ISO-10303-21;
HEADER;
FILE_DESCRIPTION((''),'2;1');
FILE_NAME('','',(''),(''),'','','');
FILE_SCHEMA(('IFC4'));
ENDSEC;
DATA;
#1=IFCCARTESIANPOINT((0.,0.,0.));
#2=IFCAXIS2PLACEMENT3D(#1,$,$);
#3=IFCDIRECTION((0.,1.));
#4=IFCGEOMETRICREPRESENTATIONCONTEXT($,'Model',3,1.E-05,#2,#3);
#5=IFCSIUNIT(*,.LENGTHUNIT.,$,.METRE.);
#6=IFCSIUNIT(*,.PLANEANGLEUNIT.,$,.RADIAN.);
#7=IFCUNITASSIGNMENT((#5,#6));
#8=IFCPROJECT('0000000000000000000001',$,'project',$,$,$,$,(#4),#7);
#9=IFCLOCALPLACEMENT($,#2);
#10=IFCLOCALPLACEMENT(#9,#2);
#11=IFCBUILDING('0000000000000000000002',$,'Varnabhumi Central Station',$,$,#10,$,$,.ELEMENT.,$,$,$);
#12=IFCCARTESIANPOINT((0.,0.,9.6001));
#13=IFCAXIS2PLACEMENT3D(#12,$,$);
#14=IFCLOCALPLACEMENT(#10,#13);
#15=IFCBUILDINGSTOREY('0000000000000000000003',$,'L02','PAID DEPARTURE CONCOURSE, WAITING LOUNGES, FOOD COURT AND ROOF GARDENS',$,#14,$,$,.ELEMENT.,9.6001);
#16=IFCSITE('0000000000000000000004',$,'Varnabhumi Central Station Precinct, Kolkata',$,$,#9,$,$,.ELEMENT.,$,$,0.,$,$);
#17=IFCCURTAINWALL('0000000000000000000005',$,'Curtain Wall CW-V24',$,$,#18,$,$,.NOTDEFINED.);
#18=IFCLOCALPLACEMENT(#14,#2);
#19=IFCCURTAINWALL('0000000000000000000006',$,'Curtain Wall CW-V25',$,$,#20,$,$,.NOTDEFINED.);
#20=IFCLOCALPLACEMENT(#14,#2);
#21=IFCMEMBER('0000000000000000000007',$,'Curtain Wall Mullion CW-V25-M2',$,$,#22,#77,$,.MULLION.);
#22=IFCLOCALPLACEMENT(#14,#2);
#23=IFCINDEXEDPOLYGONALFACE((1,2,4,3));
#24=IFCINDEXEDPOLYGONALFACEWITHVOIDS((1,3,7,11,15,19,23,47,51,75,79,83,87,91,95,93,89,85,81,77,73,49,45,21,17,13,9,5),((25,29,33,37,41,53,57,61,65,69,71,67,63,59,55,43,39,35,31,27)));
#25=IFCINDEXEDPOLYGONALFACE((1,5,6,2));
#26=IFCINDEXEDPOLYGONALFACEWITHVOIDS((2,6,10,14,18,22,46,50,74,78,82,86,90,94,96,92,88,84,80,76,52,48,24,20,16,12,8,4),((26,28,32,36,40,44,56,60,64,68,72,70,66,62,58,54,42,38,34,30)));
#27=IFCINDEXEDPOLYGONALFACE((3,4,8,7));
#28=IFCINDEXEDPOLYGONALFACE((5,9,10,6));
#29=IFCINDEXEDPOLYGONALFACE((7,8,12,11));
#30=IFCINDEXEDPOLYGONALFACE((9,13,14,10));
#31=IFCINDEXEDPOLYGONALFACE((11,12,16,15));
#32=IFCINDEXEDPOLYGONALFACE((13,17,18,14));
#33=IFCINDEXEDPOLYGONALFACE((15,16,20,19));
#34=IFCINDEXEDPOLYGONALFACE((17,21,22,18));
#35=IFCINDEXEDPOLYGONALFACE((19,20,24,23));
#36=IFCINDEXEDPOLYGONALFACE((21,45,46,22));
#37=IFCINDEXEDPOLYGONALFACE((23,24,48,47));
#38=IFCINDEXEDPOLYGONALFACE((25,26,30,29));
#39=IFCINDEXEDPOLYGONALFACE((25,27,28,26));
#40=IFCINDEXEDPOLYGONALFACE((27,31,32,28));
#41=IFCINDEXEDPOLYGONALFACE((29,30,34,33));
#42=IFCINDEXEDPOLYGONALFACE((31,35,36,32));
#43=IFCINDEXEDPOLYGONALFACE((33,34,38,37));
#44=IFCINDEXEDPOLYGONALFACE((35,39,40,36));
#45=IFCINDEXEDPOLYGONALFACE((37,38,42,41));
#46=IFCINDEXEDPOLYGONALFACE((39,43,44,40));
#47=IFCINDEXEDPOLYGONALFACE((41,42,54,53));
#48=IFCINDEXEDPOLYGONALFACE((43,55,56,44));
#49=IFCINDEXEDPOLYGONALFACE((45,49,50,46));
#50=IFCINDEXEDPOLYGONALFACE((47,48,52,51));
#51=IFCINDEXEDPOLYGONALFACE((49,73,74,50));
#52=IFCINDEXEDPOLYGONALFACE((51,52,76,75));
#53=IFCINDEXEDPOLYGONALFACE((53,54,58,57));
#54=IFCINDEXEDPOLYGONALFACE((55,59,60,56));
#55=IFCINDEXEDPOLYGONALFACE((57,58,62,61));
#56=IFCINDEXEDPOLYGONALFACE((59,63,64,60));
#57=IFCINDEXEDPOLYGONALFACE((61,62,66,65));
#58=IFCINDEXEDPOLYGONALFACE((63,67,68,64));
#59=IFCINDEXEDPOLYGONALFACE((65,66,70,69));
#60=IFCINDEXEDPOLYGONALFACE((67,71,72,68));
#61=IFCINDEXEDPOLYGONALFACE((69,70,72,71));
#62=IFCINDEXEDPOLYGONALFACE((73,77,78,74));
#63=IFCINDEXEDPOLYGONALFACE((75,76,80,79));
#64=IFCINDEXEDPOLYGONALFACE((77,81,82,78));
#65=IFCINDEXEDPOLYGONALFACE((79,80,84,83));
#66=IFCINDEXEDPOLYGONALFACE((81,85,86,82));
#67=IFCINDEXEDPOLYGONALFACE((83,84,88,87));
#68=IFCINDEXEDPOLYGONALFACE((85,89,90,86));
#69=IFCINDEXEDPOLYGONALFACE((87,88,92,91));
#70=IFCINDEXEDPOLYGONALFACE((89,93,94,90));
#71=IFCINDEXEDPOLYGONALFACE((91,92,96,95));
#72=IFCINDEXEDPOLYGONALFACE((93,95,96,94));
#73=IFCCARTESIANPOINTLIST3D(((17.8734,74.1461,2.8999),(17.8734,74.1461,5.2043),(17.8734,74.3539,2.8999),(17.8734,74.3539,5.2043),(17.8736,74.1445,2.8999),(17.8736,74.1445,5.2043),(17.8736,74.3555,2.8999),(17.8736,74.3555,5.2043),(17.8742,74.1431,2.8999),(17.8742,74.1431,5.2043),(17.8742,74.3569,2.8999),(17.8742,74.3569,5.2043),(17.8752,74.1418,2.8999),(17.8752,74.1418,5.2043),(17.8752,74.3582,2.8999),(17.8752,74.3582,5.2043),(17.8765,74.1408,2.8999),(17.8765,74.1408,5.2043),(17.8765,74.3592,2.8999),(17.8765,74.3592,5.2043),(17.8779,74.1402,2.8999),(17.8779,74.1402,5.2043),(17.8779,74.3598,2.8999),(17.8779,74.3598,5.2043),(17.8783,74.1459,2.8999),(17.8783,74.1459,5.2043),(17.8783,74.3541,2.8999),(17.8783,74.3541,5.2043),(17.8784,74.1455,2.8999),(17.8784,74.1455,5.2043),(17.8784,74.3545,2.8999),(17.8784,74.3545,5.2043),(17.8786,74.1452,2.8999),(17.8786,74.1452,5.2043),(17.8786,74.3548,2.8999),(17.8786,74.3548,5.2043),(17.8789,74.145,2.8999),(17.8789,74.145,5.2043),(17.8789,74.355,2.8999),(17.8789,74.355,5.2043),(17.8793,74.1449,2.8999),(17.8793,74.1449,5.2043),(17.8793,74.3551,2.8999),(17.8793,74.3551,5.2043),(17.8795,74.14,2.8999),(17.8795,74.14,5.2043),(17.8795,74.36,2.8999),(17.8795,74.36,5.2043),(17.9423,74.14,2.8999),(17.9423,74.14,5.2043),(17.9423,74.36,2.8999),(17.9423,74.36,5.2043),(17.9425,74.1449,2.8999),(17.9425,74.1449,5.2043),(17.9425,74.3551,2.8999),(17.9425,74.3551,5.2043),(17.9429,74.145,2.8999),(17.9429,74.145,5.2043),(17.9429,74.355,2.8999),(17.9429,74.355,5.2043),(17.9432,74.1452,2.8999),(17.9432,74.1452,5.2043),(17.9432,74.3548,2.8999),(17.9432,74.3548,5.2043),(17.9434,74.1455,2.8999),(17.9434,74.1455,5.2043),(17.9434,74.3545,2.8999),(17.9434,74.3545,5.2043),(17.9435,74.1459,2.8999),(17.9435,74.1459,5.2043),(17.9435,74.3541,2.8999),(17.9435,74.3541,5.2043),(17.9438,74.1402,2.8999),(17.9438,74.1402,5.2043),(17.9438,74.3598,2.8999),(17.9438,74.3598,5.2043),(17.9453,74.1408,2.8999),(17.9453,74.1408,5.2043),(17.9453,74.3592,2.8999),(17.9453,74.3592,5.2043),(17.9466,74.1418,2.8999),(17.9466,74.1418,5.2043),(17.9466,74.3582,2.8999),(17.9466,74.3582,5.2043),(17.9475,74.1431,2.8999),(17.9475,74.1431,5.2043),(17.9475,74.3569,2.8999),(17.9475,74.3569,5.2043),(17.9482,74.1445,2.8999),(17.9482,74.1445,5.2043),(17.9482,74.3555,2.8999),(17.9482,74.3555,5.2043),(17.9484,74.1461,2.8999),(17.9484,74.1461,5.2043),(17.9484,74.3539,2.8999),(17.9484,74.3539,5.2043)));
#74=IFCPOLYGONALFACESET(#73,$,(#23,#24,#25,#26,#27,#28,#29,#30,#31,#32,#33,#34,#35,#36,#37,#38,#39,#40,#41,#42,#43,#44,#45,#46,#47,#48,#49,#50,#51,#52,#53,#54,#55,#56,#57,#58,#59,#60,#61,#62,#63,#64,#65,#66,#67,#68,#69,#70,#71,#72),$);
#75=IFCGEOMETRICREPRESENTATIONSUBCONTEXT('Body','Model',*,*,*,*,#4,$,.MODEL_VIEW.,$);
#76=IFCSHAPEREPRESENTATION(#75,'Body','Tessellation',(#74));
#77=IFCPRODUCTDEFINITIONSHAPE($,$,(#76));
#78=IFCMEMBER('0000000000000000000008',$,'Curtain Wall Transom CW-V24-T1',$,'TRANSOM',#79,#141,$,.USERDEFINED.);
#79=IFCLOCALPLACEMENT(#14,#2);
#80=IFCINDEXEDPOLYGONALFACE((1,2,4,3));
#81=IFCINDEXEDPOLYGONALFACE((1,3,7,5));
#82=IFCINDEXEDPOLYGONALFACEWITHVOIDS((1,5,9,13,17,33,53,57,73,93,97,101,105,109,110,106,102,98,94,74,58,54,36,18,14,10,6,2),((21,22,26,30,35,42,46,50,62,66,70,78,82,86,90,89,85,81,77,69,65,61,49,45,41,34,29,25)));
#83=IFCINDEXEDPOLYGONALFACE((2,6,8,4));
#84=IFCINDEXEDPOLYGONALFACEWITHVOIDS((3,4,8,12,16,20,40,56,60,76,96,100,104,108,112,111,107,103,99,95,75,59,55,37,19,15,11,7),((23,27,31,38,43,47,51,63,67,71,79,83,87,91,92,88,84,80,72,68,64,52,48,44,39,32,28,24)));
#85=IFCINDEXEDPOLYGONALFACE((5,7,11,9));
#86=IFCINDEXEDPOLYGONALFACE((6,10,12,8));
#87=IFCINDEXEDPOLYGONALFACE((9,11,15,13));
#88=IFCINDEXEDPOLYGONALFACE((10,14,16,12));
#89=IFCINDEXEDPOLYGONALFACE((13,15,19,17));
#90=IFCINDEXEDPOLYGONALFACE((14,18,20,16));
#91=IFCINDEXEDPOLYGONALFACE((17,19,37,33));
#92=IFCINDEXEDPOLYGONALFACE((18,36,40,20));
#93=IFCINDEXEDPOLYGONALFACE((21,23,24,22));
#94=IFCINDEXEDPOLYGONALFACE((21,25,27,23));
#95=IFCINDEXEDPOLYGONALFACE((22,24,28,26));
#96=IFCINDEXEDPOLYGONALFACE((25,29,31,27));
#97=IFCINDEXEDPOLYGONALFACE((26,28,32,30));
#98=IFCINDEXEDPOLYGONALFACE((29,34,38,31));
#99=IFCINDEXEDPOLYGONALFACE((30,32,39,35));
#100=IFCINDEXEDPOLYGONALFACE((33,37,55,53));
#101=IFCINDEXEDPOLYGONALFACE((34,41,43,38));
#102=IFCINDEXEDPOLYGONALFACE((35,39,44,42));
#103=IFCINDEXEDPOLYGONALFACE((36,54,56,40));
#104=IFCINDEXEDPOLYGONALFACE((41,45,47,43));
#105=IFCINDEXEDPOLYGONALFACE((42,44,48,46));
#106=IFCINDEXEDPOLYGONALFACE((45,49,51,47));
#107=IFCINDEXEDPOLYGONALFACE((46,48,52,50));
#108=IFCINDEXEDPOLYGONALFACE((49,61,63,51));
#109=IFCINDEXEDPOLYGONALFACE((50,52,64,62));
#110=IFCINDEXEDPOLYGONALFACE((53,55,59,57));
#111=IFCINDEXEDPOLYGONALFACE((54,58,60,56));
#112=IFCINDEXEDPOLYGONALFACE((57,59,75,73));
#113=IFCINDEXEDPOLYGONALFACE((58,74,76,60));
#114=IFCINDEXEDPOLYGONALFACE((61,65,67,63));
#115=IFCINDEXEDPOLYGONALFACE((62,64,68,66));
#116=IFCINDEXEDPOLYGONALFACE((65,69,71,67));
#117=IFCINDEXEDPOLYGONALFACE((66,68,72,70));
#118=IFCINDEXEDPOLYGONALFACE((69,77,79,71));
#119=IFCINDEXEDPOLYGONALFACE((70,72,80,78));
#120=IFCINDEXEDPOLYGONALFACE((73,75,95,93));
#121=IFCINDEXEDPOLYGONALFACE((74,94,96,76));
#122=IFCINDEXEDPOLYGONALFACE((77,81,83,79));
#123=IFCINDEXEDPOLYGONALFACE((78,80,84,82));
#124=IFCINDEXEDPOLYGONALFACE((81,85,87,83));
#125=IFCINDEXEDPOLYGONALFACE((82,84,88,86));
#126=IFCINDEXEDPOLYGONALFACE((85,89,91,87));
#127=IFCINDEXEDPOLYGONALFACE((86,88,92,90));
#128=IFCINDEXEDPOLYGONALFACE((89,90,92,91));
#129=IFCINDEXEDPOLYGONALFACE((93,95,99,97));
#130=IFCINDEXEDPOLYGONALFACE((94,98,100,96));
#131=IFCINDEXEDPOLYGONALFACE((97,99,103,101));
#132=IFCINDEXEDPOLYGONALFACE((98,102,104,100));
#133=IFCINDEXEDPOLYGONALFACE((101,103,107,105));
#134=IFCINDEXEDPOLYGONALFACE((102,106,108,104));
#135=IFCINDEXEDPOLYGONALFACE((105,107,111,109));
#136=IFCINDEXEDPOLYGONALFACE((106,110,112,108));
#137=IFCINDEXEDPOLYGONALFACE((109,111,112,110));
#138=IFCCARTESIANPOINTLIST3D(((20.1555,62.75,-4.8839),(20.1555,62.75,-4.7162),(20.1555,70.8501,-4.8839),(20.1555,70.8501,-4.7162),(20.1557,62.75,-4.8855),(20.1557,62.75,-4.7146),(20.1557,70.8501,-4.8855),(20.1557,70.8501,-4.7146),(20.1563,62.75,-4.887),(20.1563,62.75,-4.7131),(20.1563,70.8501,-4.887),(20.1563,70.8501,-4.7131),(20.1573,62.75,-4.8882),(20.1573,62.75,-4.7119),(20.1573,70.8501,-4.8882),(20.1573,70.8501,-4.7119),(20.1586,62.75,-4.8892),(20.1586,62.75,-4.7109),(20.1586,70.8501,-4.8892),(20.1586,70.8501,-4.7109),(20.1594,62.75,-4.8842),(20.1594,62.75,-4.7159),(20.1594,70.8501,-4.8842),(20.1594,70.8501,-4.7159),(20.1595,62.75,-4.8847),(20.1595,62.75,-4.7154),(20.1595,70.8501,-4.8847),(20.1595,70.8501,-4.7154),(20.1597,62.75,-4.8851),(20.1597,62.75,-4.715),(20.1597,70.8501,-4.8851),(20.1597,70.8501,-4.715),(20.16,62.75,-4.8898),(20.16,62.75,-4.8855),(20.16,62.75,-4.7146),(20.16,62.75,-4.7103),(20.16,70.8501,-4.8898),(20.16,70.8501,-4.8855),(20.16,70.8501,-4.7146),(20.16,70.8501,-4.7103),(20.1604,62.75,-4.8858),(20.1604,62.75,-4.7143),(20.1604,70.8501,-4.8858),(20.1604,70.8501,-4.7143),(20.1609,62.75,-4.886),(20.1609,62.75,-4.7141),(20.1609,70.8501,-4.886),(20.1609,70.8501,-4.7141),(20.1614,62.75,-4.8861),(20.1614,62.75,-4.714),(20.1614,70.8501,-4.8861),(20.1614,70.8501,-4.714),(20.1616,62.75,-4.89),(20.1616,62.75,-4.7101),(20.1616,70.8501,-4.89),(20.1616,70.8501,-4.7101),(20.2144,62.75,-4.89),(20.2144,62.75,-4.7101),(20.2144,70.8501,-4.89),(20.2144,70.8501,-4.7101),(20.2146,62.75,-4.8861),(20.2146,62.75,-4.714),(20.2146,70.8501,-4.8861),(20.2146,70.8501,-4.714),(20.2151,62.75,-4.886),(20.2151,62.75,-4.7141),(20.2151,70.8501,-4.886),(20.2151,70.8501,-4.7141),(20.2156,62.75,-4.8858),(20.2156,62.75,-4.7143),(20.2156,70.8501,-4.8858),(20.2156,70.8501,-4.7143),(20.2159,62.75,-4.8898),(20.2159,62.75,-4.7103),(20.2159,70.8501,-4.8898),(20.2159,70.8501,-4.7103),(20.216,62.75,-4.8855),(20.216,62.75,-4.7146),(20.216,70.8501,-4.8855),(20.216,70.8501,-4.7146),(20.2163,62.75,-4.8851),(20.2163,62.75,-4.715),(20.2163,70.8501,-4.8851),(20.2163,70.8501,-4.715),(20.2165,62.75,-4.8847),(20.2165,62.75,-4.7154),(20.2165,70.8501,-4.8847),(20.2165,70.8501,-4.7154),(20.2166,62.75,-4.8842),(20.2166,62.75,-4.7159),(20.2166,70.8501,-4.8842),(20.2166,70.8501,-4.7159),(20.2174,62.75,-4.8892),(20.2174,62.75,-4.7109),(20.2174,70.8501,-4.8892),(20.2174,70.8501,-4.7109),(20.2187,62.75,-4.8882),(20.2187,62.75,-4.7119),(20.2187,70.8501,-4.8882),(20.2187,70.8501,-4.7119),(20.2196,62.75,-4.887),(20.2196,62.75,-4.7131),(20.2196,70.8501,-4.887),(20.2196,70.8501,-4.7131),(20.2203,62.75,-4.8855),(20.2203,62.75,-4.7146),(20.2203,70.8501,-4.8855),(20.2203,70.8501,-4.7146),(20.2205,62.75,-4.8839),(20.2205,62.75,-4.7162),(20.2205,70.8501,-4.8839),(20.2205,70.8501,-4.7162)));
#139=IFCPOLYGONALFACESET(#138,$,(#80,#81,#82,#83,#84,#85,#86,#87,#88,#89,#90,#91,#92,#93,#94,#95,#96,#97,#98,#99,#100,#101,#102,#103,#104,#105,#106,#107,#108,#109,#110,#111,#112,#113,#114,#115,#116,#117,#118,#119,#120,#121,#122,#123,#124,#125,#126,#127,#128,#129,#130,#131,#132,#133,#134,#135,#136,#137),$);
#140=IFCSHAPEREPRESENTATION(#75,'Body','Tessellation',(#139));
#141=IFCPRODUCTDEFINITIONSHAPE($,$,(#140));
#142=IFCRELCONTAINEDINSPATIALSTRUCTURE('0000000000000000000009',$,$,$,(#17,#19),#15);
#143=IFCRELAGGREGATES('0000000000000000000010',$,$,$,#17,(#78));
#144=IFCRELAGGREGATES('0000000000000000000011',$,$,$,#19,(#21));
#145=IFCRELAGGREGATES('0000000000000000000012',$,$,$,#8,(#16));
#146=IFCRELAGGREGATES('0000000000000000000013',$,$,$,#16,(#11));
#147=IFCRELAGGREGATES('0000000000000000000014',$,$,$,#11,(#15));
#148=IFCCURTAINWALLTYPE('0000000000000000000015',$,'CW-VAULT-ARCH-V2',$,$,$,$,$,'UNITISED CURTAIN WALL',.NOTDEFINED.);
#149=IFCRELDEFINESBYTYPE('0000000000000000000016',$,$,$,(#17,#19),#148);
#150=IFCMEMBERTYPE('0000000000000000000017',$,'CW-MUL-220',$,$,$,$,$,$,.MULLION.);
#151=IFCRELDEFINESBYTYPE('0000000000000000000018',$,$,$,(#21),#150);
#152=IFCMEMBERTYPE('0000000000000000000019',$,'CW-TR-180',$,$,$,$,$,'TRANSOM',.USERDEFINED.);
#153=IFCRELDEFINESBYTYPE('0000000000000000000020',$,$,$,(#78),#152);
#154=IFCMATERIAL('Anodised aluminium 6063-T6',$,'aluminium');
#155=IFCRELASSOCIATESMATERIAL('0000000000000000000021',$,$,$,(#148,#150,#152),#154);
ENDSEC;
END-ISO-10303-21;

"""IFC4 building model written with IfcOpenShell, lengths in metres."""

from ifc_helpers import new_model, si_unit, direction, frame, origin, origin_2d, place, context, subcontext, project, spatial, hollow_rectangle, extrude, material, material_profile, profile_set, type_object, element, aggregate, save


model = new_model("IFC4")

# Units and contexts
model_context = context("Model", 3, precision=1e-05, world=origin(), true_north=direction((0.0, 1.0)))
body_context = subcontext(model_context, "Body", "Model", "MODEL_VIEW")
ifc_project = project(units=[si_unit("LENGTHUNIT", "METRE"), si_unit("PLANEANGLEUNIT", "RADIAN")], contexts=[model_context])

# Site, building, storey
site_placement = place(None, origin())
site = spatial("IfcSite", under=ifc_project, at=site_placement, Name="Varnabhumi Central Station Precinct, Kolkata", CompositionType="ELEMENT", RefElevation=0.0)
building_placement = place(site_placement, origin())
building = spatial("IfcBuilding", under=site, at=building_placement, Name="Varnabhumi Central Station", CompositionType="ELEMENT")
storey_placement = place(building_placement, frame((0.0, 0.0, 9.6001)))
storey = spatial("IfcBuildingStorey", under=building, at=storey_placement, Name="L02", Description="PAID DEPARTURE CONCOURSE, WAITING LOUNGES, FOOD COURT AND ROOF GARDENS", CompositionType="ELEMENT", Elevation=9.6001)

# Curtain wall
ifc_material_1 = material(Name="Anodised aluminium 6063-T6", Category="aluminium")
curtain_wall_type = type_object("IfcCurtainWallType", Name="CW-VAULT-ARCH-V2", ElementType="UNITISED CURTAIN WALL", PredefinedType="NOTDEFINED", material=ifc_material_1)
curtain_wall_1_placement = place(storey_placement, origin())
curtain_wall_1 = element("IfcCurtainWall", 1, at=curtain_wall_1_placement, inside=storey, type_object=curtain_wall_type, Name="Curtain Wall CW-V24", PredefinedType="NOTDEFINED")
ifc_material_profile_1 = material_profile(ifc_material_1, hollow_rectangle(XDim=0.075, YDim=0.22, WallThickness=0.0049, InnerFilletRadius=0.001, OuterFilletRadius=0.0061, at=origin_2d()), Name="Anodised aluminium 6063-T6", Category="aluminium")
ifc_profile_set_1 = profile_set([ifc_material_profile_1], Name="Anodised aluminium 6063-T6")
member_type_1 = type_object("IfcMemberType", Name="CW-MUL-220", PredefinedType="MULLION", material=ifc_profile_set_1)

# Curtain wall, member
curtain_wall_2_placement = place(storey_placement, origin())
curtain_wall_2 = element("IfcCurtainWall", 2, at=curtain_wall_2_placement, inside=storey, type_object=curtain_wall_type, Name="Curtain Wall CW-V25", PredefinedType="NOTDEFINED")
member_1_placement = place(storey_placement, frame((17.9109, 74.25, 2.8999), z_axis=(0.0, 0.0, 1.0), x_axis=(1.0, 0.0, 0.0)))
member_1 = element("IfcMember", 3, at=member_1_placement, type_object=member_type_1, Name="Curtain Wall Mullion CW-V25-M2", PredefinedType="MULLION", context=body_context, shape_type="SweptSolid", body=[
    extrude(hollow_rectangle(XDim=0.075, YDim=0.22, WallThickness=0.0049, InnerFilletRadius=0.001, OuterFilletRadius=0.0061, at=origin_2d()), origin(), (0.0, 0.0, 1.0), 2.3044),
])

# Member
ifc_material_profile_2 = material_profile(ifc_material_1, hollow_rectangle(XDim=0.0649, YDim=0.1799, WallThickness=0.0039, InnerFilletRadius=0.002, OuterFilletRadius=0.0061, at=origin_2d()), Name="Anodised aluminium 6063-T6", Category="aluminium")
ifc_profile_set_2 = profile_set([ifc_material_profile_2], Name="Anodised aluminium 6063-T6")
member_type_2 = type_object("IfcMemberType", Name="CW-TR-180", ElementType="TRANSOM", PredefinedType="USERDEFINED", material=ifc_profile_set_2)
member_2_placement = place(storey_placement, frame((20.188, 62.75, -4.8), z_axis=(0.0, 1.0, 0.0), x_axis=(-1.0, 0.0, 0.0)))
member_2 = element("IfcMember", 4, at=member_2_placement, type_object=member_type_2, Name="Curtain Wall Transom CW-V24-T1", ObjectType="TRANSOM", PredefinedType="USERDEFINED", context=body_context, shape_type="SweptSolid", body=[
    extrude(hollow_rectangle(XDim=0.0649, YDim=0.1799, WallThickness=0.0039, InnerFilletRadius=0.002, OuterFilletRadius=0.0061, at=origin_2d()), origin(), (0.0, 0.0, 1.0), 8.1001),
])

aggregate(curtain_wall_1, [member_2])
aggregate(curtain_wall_2, [member_1])

save(model, "model.ifc")
